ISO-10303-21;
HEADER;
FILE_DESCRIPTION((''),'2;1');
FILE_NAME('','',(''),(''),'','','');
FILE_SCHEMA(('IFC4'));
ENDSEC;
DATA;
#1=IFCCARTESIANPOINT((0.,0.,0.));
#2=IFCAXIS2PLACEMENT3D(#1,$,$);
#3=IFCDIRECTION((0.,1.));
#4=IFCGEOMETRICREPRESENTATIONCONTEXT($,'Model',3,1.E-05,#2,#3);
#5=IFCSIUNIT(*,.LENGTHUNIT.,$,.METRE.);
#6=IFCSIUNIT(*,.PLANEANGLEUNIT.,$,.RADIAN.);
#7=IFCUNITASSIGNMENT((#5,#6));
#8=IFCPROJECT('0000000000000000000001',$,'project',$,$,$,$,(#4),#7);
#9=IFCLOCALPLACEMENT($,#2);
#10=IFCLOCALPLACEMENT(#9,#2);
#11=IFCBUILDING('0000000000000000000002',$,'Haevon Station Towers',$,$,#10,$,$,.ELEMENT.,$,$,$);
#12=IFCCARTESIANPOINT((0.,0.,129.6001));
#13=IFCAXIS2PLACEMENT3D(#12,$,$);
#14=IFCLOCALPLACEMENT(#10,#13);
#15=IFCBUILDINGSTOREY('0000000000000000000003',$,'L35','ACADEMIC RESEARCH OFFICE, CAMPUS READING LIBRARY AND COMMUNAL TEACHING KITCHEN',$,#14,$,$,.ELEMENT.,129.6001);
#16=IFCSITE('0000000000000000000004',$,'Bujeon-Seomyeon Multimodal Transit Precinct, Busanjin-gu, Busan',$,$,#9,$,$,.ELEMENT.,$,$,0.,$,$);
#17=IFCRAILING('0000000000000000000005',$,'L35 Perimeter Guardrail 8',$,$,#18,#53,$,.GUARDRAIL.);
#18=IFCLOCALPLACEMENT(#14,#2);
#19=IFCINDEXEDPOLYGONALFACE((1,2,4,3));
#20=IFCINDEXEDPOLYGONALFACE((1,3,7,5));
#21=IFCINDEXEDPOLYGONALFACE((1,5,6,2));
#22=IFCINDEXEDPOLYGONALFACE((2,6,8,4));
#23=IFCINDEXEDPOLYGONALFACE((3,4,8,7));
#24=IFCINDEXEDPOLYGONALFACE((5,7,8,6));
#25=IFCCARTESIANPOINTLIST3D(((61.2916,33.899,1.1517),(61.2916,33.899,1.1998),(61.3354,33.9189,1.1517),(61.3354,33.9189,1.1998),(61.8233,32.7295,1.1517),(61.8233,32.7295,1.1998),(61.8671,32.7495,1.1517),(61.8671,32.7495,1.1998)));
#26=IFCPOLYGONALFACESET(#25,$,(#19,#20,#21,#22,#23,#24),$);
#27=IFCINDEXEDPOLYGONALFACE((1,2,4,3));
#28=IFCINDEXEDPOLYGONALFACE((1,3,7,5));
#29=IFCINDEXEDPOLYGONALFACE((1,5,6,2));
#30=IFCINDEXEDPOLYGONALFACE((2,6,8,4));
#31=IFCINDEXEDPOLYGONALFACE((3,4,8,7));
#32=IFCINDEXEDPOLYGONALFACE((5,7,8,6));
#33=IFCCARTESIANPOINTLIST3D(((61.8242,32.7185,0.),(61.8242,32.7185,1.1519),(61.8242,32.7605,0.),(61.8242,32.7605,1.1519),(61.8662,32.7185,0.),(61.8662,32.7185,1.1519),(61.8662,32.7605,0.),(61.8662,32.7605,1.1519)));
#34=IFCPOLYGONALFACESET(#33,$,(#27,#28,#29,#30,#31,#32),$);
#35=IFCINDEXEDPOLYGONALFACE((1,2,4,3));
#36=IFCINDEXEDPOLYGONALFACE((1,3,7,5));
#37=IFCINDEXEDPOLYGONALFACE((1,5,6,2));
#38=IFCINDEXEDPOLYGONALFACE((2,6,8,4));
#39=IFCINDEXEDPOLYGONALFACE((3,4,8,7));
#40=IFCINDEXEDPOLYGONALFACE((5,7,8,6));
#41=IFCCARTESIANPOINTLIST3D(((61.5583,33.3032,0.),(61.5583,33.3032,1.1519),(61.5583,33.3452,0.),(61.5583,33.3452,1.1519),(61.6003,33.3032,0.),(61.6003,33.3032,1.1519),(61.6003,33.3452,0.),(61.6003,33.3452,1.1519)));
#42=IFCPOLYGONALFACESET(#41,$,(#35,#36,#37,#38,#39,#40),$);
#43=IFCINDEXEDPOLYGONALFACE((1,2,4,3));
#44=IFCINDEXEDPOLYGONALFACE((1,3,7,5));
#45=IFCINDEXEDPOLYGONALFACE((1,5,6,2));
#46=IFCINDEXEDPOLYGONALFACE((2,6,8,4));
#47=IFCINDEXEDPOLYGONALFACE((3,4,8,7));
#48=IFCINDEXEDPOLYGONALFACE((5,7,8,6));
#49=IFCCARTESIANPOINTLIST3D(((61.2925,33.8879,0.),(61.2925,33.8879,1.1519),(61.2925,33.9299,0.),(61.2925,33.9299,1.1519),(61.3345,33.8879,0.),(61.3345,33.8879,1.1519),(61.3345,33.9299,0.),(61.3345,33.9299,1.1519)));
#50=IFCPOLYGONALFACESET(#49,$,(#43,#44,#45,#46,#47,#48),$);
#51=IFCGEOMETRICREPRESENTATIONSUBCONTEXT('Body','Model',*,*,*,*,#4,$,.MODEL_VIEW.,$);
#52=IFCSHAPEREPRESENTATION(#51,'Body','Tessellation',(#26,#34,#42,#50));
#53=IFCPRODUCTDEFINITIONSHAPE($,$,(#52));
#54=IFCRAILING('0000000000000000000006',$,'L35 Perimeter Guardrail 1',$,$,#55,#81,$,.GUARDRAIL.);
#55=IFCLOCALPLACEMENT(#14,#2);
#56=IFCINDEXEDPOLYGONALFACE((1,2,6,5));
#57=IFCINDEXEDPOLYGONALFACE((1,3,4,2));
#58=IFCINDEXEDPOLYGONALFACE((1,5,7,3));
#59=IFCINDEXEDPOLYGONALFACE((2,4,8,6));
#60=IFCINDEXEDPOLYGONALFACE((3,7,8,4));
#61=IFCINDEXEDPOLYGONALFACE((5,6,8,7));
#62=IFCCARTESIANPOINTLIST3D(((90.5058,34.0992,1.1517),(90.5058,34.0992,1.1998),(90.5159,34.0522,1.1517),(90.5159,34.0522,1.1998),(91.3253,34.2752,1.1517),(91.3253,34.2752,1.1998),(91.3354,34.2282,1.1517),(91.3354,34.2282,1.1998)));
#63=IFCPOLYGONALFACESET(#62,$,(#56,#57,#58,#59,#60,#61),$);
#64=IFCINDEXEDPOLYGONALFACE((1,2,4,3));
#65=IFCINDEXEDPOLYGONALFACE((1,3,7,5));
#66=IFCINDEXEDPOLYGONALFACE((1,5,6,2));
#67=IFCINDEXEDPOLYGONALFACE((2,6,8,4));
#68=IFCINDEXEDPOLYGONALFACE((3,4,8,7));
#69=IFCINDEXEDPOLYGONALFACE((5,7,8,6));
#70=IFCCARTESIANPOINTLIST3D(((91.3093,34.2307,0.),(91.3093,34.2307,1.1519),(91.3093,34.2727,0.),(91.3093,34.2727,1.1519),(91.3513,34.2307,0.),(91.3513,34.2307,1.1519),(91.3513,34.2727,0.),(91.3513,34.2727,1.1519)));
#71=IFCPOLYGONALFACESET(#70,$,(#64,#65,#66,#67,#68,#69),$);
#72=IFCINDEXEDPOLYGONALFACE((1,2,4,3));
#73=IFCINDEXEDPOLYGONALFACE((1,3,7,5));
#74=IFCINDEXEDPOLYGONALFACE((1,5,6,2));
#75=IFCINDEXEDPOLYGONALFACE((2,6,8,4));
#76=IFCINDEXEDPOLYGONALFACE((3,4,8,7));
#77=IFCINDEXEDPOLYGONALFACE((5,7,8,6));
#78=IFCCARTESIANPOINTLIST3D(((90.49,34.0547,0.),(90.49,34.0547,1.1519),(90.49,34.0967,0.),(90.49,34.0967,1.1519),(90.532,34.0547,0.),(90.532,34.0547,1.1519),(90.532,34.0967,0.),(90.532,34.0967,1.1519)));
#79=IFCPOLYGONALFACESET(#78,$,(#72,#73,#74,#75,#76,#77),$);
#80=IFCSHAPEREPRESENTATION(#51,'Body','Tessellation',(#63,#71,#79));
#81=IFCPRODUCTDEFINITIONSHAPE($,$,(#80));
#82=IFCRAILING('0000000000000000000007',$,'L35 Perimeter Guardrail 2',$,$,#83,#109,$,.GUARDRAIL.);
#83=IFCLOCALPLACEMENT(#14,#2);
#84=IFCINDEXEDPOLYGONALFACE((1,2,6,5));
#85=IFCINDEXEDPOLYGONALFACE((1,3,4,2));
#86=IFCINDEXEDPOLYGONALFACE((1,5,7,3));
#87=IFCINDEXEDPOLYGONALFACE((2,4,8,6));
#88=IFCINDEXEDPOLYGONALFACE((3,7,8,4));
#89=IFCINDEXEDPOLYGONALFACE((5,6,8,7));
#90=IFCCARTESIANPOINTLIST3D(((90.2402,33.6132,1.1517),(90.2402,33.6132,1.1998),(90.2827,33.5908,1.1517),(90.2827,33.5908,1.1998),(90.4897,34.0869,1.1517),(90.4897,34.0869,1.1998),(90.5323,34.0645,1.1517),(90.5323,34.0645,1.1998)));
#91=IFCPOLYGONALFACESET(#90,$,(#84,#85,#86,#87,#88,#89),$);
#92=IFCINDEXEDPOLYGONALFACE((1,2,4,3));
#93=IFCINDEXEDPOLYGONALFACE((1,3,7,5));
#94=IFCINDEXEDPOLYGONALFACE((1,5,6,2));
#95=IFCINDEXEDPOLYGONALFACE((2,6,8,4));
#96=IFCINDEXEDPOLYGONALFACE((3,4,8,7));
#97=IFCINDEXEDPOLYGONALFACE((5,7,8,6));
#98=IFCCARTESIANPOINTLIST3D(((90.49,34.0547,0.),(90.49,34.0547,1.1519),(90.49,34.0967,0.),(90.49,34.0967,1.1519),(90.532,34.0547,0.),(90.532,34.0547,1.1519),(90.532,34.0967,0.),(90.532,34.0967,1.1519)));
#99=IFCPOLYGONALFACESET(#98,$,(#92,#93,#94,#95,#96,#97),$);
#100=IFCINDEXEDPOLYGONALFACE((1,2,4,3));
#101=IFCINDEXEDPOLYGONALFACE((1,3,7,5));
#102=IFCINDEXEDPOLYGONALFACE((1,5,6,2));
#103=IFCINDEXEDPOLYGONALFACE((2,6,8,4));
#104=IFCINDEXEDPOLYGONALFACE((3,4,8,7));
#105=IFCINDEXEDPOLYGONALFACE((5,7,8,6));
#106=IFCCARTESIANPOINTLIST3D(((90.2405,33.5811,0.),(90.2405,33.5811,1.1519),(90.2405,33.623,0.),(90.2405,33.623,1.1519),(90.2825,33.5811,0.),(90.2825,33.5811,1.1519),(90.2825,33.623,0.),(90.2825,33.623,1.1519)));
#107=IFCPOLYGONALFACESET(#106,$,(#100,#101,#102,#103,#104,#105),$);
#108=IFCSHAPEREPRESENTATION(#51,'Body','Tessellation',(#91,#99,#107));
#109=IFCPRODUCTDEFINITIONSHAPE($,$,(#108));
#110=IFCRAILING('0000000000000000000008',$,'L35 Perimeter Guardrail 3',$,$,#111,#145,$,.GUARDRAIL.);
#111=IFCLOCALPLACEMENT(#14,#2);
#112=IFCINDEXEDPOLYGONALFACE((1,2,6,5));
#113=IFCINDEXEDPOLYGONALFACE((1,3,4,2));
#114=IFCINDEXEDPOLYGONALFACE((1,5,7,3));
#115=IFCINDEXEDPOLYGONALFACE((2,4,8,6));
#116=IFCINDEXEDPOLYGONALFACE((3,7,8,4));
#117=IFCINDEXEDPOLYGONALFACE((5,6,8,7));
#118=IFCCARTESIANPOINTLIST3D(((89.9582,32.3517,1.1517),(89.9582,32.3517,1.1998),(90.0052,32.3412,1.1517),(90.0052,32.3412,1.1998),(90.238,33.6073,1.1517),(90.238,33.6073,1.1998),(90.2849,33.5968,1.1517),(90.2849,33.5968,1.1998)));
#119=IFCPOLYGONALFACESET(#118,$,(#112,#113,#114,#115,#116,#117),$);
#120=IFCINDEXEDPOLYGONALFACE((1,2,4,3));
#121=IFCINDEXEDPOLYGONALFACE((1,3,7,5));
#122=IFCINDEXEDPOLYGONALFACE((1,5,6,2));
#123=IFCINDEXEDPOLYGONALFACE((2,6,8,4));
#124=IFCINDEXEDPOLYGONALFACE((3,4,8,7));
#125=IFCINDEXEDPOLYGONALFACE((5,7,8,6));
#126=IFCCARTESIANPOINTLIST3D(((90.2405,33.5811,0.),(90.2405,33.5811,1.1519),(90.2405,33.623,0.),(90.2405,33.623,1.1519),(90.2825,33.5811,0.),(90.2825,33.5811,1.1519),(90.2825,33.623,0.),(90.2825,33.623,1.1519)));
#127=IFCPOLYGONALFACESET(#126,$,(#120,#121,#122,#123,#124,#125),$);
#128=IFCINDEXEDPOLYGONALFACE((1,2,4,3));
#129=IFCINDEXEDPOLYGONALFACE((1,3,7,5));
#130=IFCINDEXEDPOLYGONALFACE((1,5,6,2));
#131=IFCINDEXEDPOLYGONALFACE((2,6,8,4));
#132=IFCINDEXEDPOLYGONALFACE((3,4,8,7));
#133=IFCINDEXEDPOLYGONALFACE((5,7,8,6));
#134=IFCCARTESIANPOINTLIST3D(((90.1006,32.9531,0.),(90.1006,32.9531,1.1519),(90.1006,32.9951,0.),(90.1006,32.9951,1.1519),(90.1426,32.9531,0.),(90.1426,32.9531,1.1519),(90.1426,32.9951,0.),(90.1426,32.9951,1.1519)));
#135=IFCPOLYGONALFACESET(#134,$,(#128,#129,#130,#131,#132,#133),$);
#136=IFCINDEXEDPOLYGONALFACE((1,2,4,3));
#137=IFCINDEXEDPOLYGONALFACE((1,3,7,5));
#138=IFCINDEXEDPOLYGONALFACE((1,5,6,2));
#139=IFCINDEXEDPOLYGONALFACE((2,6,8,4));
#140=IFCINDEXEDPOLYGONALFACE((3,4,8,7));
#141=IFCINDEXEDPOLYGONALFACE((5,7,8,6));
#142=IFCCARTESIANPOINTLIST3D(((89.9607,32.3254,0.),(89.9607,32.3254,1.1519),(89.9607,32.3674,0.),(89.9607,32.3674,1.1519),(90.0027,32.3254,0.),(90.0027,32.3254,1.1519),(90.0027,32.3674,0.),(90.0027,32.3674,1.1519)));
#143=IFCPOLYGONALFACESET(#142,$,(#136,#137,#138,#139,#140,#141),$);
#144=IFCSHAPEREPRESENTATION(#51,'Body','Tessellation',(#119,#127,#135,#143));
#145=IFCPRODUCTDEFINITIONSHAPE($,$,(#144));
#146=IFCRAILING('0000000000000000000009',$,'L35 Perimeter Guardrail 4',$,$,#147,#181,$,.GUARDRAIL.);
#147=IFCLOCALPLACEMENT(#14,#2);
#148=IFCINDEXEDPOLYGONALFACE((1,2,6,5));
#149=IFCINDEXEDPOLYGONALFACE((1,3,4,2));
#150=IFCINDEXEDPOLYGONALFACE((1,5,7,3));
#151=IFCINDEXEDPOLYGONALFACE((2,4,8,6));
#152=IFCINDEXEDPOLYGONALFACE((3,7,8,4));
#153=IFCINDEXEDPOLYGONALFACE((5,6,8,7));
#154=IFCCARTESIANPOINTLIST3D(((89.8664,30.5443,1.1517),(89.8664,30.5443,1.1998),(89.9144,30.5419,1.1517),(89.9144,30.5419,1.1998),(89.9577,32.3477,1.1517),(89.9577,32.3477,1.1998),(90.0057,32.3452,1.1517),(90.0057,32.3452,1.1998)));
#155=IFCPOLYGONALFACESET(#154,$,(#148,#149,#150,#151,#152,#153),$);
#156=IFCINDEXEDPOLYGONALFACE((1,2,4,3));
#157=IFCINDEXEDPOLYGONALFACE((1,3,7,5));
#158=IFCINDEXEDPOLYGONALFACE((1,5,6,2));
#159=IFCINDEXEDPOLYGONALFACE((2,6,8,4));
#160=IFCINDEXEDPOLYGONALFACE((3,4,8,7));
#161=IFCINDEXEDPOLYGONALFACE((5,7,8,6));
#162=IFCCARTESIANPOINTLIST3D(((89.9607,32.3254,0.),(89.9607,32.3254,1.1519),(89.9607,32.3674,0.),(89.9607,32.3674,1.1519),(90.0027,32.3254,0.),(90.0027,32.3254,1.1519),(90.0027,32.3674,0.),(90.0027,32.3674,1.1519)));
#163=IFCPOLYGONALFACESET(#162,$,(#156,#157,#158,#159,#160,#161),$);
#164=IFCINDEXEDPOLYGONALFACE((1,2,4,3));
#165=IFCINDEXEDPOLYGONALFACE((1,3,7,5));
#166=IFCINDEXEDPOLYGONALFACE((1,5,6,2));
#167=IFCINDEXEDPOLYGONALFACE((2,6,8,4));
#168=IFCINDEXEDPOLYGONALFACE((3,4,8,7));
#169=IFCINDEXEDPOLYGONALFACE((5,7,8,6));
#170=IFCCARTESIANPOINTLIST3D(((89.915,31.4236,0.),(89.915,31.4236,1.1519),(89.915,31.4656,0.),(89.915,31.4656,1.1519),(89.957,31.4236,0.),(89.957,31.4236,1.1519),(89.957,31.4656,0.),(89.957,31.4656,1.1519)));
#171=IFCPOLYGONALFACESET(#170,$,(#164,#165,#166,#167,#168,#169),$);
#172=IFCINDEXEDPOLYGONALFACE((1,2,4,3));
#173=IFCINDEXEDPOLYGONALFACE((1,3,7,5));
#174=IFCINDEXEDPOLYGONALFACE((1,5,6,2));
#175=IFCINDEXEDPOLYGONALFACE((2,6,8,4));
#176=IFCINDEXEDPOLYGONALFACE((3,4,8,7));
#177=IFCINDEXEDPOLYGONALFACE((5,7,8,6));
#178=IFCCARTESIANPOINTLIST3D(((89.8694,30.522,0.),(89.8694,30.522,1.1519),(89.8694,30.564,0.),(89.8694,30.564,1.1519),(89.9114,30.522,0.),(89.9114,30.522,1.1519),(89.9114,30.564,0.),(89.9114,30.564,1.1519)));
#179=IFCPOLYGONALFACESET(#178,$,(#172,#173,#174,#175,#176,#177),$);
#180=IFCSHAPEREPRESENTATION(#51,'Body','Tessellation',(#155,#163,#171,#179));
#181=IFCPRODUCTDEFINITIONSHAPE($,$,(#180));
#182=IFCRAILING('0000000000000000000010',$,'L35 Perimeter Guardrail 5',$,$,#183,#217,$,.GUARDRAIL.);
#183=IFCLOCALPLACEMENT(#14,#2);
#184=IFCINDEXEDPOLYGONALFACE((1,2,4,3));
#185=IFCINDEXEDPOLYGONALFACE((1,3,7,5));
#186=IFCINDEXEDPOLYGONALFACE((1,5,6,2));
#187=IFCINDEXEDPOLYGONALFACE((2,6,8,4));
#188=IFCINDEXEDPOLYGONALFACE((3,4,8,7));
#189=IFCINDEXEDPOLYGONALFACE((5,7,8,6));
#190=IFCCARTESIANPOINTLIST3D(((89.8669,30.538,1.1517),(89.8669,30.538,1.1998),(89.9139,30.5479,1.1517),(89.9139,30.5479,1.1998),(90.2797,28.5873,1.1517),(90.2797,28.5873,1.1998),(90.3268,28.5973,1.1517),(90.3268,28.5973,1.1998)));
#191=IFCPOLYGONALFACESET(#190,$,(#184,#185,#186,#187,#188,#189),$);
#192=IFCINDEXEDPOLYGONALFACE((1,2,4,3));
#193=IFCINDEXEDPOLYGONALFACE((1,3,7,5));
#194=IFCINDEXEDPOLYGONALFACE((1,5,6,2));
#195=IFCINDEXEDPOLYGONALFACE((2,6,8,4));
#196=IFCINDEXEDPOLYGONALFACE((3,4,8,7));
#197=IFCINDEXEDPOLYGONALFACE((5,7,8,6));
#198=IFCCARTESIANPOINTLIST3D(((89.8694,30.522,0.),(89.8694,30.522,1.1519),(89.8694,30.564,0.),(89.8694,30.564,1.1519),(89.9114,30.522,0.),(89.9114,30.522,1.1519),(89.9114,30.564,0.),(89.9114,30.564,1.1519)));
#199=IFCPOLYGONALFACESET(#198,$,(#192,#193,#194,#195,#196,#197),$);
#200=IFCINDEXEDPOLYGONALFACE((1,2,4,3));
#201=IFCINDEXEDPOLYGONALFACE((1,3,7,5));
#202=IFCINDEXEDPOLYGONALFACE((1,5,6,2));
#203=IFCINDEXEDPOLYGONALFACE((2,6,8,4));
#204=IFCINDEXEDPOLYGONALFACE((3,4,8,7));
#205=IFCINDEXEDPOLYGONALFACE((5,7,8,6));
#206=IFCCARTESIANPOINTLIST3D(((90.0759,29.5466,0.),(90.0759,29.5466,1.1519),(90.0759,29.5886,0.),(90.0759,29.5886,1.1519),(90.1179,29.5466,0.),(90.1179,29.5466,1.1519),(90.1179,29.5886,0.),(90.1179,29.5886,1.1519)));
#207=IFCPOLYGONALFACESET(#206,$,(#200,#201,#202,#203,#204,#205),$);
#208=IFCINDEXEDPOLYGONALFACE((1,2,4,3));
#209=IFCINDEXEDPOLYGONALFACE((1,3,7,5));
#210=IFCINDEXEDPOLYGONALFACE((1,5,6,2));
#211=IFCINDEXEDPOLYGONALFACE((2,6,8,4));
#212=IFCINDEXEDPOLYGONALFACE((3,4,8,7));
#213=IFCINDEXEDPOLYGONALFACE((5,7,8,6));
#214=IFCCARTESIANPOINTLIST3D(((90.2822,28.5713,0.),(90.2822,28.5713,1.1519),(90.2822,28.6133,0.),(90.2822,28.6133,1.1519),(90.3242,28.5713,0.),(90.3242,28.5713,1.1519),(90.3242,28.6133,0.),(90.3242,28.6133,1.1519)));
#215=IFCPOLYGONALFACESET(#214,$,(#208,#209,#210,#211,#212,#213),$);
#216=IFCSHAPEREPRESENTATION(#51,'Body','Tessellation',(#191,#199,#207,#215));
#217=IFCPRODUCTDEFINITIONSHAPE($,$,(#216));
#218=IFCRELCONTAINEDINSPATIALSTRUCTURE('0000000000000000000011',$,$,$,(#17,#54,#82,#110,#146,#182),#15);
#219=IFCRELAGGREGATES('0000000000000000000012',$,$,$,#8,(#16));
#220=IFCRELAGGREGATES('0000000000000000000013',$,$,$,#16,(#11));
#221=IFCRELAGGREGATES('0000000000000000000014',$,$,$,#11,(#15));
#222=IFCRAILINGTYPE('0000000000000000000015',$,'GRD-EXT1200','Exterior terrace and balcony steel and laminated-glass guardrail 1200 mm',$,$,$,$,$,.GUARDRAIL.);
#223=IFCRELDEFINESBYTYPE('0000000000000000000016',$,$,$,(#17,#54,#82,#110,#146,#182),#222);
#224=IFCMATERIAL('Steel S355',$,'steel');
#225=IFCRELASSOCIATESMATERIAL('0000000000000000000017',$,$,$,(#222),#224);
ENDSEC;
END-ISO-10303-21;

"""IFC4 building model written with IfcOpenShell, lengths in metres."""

from ifc_helpers import new_model, si_unit, direction, frame, origin, origin_2d, place, context, subcontext, project, spatial, rectangle, extrude, material, type_object, element, save


model = new_model("IFC4")

# Units and contexts
model_context = context("Model", 3, precision=1e-05, world=origin(), true_north=direction((0.0, 1.0)))
body_context = subcontext(model_context, "Body", "Model", "MODEL_VIEW")
ifc_project = project(units=[si_unit("LENGTHUNIT", "METRE"), si_unit("PLANEANGLEUNIT", "RADIAN")], contexts=[model_context])

# Site, building, storey
site_placement = place(None, origin())
site = spatial("IfcSite", under=ifc_project, at=site_placement, Name="Bujeon-Seomyeon Multimodal Transit Precinct, Busanjin-gu, Busan", CompositionType="ELEMENT", RefElevation=0.0)
building_placement = place(site_placement, origin())
building = spatial("IfcBuilding", under=site, at=building_placement, Name="Haevon Station Towers", CompositionType="ELEMENT")
storey_placement = place(building_placement, frame((0.0, 0.0, 129.6001)))
storey = spatial("IfcBuildingStorey", under=building, at=storey_placement, Name="L35", Description="ACADEMIC RESEARCH OFFICE, CAMPUS READING LIBRARY AND COMMUNAL TEACHING KITCHEN", CompositionType="ELEMENT", Elevation=129.6001)

# Shared definitions
ifc_material_1 = material(Name="Steel S355", Category="steel")

# Railings
railing_type = type_object("IfcRailingType", Name="GRD-EXT1200", Description="Exterior terrace and balcony steel and laminated-glass guardrail 1200 mm", PredefinedType="GUARDRAIL", material=ifc_material_1)
railing_1_placement = place(storey_placement, frame((61.8452, 32.7395, 0.0)))
element("IfcRailing", 1, at=railing_1_placement, inside=storey, type_object=railing_type, Name="L35 Perimeter Guardrail 8", PredefinedType="GUARDRAIL", context=body_context, shape_type="SweptSolid", body=[
    extrude(rectangle(XDim=0.0481, YDim=0.0481, at=origin_2d()), frame((0.0, 0.0, 1.1758), z_axis=(-0.413917, 0.910314, 0.0), x_axis=(-0.910314, -0.413917, 0.0)), (0.0, 0.0, 1.0), 1.2847),
    extrude(rectangle(XDim=0.042, YDim=0.042, at=origin_2d()), origin(), (0.0, 0.0, 1.0), 1.1519),
    extrude(rectangle(XDim=0.042, YDim=0.042, at=origin_2d()), frame((-0.2659, 0.5847, 0.0)), (0.0, 0.0, 1.0), 1.1519),
    extrude(rectangle(XDim=0.042, YDim=0.042, at=origin_2d()), frame((-0.5317, 1.1694, 0.0)), (0.0, 0.0, 1.0), 1.1519),
])
railing_2_placement = place(storey_placement, frame((91.3303, 34.2517, 0.0)))
element("IfcRailing", 2, at=railing_2_placement, inside=storey, type_object=railing_type, Name="L35 Perimeter Guardrail 1", PredefinedType="GUARDRAIL", context=body_context, shape_type="SweptSolid", body=[
    extrude(rectangle(XDim=0.0481, YDim=0.0481, at=origin_2d()), frame((0.0, 0.0, 1.1758), z_axis=(-0.977691, -0.210046, 0.0), x_axis=(0.210046, -0.977691, 0.0)), (0.0, 0.0, 1.0), 0.8381),
    extrude(rectangle(XDim=0.042, YDim=0.042, at=origin_2d()), origin(), (0.0, 0.0, 1.0), 1.1519),
    extrude(rectangle(XDim=0.042, YDim=0.042, at=origin_2d()), frame((-0.8193, -0.176, 0.0)), (0.0, 0.0, 1.0), 1.1519),
])
railing_3_placement = place(storey_placement, frame((90.511, 34.0757, 0.0)))
element("IfcRailing", 3, at=railing_3_placement, inside=storey, type_object=railing_type, Name="L35 Perimeter Guardrail 2", PredefinedType="GUARDRAIL", context=body_context, shape_type="SweptSolid", body=[
    extrude(rectangle(XDim=0.0481, YDim=0.0481, at=origin_2d()), frame((0.0, 0.0, 1.1758), z_axis=(-0.466085, -0.88474, 0.0), x_axis=(0.88474, -0.466085, 0.0)), (0.0, 0.0, 1.0), 0.5354),
    extrude(rectangle(XDim=0.042, YDim=0.042, at=origin_2d()), origin(), (0.0, 0.0, 1.0), 1.1519),
    extrude(rectangle(XDim=0.042, YDim=0.042, at=origin_2d()), frame((-0.2495, -0.4736, 0.0)), (0.0, 0.0, 1.0), 1.1519),
])
railing_4_placement = place(storey_placement, frame((90.2615, 33.6021, 0.0)))
element("IfcRailing", 4, at=railing_4_placement, inside=storey, type_object=railing_type, Name="L35 Perimeter Guardrail 3", PredefinedType="GUARDRAIL", context=body_context, shape_type="SweptSolid", body=[
    extrude(rectangle(XDim=0.0481, YDim=0.0481, at=origin_2d()), frame((0.0, 0.0, 1.1758), z_axis=(-0.217493, -0.976062, 0.0), x_axis=(0.976062, -0.217493, 0.0)), (0.0, 0.0, 1.0), 1.2864),
    extrude(rectangle(XDim=0.042, YDim=0.042, at=origin_2d()), origin(), (0.0, 0.0, 1.0), 1.1519),
    extrude(rectangle(XDim=0.042, YDim=0.042, at=origin_2d()), frame((-0.1399, -0.6279, 0.0)), (0.0, 0.0, 1.0), 1.1519),
    extrude(rectangle(XDim=0.042, YDim=0.042, at=origin_2d()), frame((-0.2798, -1.2556, 0.0)), (0.0, 0.0, 1.0), 1.1519),
])
railing_5_placement = place(storey_placement, frame((89.9817, 32.3464, 0.0)))
element("IfcRailing", 5, at=railing_5_placement, inside=storey, type_object=railing_type, Name="L35 Perimeter Guardrail 4", PredefinedType="GUARDRAIL", context=body_context, shape_type="SweptSolid", body=[
    extrude(rectangle(XDim=0.0481, YDim=0.0481, at=origin_2d()), frame((0.0, 0.0, 1.1758), z_axis=(-0.050565, -0.998721, 0.0), x_axis=(0.998721, -0.050565, 0.0)), (0.0, 0.0, 1.0), 1.8057),
    extrude(rectangle(XDim=0.042, YDim=0.042, at=origin_2d()), origin(), (0.0, 0.0, 1.0), 1.1519),
    extrude(rectangle(XDim=0.042, YDim=0.042, at=origin_2d()), frame((-0.0457, -0.9019, 0.0)), (0.0, 0.0, 1.0), 1.1519),
    extrude(rectangle(XDim=0.042, YDim=0.042, at=origin_2d()), frame((-0.0913, -1.8035, 0.0)), (0.0, 0.0, 1.0), 1.1519),
])
railing_6_placement = place(storey_placement, frame((89.8904, 30.543, 0.0)))
element("IfcRailing", 6, at=railing_6_placement, inside=storey, type_object=railing_type, Name="L35 Perimeter Guardrail 5", PredefinedType="GUARDRAIL", context=body_context, shape_type="SweptSolid", body=[
    extrude(rectangle(XDim=0.0481, YDim=0.0481, at=origin_2d()), frame((0.0, 0.0, 1.1758), z_axis=(0.207053, -0.97833, 0.0), x_axis=(0.97833, 0.207053, 0.0)), (0.0, 0.0, 1.0), 1.9939),
    extrude(rectangle(XDim=0.042, YDim=0.042, at=origin_2d()), origin(), (0.0, 0.0, 1.0), 1.1519),
    extrude(rectangle(XDim=0.042, YDim=0.042, at=origin_2d()), frame((0.2065, -0.9753, 0.0)), (0.0, 0.0, 1.0), 1.1519),
    extrude(rectangle(XDim=0.042, YDim=0.042, at=origin_2d()), frame((0.4128, -1.9507, 0.0)), (0.0, 0.0, 1.0), 1.1519),
])

save(model, "model.ifc")
